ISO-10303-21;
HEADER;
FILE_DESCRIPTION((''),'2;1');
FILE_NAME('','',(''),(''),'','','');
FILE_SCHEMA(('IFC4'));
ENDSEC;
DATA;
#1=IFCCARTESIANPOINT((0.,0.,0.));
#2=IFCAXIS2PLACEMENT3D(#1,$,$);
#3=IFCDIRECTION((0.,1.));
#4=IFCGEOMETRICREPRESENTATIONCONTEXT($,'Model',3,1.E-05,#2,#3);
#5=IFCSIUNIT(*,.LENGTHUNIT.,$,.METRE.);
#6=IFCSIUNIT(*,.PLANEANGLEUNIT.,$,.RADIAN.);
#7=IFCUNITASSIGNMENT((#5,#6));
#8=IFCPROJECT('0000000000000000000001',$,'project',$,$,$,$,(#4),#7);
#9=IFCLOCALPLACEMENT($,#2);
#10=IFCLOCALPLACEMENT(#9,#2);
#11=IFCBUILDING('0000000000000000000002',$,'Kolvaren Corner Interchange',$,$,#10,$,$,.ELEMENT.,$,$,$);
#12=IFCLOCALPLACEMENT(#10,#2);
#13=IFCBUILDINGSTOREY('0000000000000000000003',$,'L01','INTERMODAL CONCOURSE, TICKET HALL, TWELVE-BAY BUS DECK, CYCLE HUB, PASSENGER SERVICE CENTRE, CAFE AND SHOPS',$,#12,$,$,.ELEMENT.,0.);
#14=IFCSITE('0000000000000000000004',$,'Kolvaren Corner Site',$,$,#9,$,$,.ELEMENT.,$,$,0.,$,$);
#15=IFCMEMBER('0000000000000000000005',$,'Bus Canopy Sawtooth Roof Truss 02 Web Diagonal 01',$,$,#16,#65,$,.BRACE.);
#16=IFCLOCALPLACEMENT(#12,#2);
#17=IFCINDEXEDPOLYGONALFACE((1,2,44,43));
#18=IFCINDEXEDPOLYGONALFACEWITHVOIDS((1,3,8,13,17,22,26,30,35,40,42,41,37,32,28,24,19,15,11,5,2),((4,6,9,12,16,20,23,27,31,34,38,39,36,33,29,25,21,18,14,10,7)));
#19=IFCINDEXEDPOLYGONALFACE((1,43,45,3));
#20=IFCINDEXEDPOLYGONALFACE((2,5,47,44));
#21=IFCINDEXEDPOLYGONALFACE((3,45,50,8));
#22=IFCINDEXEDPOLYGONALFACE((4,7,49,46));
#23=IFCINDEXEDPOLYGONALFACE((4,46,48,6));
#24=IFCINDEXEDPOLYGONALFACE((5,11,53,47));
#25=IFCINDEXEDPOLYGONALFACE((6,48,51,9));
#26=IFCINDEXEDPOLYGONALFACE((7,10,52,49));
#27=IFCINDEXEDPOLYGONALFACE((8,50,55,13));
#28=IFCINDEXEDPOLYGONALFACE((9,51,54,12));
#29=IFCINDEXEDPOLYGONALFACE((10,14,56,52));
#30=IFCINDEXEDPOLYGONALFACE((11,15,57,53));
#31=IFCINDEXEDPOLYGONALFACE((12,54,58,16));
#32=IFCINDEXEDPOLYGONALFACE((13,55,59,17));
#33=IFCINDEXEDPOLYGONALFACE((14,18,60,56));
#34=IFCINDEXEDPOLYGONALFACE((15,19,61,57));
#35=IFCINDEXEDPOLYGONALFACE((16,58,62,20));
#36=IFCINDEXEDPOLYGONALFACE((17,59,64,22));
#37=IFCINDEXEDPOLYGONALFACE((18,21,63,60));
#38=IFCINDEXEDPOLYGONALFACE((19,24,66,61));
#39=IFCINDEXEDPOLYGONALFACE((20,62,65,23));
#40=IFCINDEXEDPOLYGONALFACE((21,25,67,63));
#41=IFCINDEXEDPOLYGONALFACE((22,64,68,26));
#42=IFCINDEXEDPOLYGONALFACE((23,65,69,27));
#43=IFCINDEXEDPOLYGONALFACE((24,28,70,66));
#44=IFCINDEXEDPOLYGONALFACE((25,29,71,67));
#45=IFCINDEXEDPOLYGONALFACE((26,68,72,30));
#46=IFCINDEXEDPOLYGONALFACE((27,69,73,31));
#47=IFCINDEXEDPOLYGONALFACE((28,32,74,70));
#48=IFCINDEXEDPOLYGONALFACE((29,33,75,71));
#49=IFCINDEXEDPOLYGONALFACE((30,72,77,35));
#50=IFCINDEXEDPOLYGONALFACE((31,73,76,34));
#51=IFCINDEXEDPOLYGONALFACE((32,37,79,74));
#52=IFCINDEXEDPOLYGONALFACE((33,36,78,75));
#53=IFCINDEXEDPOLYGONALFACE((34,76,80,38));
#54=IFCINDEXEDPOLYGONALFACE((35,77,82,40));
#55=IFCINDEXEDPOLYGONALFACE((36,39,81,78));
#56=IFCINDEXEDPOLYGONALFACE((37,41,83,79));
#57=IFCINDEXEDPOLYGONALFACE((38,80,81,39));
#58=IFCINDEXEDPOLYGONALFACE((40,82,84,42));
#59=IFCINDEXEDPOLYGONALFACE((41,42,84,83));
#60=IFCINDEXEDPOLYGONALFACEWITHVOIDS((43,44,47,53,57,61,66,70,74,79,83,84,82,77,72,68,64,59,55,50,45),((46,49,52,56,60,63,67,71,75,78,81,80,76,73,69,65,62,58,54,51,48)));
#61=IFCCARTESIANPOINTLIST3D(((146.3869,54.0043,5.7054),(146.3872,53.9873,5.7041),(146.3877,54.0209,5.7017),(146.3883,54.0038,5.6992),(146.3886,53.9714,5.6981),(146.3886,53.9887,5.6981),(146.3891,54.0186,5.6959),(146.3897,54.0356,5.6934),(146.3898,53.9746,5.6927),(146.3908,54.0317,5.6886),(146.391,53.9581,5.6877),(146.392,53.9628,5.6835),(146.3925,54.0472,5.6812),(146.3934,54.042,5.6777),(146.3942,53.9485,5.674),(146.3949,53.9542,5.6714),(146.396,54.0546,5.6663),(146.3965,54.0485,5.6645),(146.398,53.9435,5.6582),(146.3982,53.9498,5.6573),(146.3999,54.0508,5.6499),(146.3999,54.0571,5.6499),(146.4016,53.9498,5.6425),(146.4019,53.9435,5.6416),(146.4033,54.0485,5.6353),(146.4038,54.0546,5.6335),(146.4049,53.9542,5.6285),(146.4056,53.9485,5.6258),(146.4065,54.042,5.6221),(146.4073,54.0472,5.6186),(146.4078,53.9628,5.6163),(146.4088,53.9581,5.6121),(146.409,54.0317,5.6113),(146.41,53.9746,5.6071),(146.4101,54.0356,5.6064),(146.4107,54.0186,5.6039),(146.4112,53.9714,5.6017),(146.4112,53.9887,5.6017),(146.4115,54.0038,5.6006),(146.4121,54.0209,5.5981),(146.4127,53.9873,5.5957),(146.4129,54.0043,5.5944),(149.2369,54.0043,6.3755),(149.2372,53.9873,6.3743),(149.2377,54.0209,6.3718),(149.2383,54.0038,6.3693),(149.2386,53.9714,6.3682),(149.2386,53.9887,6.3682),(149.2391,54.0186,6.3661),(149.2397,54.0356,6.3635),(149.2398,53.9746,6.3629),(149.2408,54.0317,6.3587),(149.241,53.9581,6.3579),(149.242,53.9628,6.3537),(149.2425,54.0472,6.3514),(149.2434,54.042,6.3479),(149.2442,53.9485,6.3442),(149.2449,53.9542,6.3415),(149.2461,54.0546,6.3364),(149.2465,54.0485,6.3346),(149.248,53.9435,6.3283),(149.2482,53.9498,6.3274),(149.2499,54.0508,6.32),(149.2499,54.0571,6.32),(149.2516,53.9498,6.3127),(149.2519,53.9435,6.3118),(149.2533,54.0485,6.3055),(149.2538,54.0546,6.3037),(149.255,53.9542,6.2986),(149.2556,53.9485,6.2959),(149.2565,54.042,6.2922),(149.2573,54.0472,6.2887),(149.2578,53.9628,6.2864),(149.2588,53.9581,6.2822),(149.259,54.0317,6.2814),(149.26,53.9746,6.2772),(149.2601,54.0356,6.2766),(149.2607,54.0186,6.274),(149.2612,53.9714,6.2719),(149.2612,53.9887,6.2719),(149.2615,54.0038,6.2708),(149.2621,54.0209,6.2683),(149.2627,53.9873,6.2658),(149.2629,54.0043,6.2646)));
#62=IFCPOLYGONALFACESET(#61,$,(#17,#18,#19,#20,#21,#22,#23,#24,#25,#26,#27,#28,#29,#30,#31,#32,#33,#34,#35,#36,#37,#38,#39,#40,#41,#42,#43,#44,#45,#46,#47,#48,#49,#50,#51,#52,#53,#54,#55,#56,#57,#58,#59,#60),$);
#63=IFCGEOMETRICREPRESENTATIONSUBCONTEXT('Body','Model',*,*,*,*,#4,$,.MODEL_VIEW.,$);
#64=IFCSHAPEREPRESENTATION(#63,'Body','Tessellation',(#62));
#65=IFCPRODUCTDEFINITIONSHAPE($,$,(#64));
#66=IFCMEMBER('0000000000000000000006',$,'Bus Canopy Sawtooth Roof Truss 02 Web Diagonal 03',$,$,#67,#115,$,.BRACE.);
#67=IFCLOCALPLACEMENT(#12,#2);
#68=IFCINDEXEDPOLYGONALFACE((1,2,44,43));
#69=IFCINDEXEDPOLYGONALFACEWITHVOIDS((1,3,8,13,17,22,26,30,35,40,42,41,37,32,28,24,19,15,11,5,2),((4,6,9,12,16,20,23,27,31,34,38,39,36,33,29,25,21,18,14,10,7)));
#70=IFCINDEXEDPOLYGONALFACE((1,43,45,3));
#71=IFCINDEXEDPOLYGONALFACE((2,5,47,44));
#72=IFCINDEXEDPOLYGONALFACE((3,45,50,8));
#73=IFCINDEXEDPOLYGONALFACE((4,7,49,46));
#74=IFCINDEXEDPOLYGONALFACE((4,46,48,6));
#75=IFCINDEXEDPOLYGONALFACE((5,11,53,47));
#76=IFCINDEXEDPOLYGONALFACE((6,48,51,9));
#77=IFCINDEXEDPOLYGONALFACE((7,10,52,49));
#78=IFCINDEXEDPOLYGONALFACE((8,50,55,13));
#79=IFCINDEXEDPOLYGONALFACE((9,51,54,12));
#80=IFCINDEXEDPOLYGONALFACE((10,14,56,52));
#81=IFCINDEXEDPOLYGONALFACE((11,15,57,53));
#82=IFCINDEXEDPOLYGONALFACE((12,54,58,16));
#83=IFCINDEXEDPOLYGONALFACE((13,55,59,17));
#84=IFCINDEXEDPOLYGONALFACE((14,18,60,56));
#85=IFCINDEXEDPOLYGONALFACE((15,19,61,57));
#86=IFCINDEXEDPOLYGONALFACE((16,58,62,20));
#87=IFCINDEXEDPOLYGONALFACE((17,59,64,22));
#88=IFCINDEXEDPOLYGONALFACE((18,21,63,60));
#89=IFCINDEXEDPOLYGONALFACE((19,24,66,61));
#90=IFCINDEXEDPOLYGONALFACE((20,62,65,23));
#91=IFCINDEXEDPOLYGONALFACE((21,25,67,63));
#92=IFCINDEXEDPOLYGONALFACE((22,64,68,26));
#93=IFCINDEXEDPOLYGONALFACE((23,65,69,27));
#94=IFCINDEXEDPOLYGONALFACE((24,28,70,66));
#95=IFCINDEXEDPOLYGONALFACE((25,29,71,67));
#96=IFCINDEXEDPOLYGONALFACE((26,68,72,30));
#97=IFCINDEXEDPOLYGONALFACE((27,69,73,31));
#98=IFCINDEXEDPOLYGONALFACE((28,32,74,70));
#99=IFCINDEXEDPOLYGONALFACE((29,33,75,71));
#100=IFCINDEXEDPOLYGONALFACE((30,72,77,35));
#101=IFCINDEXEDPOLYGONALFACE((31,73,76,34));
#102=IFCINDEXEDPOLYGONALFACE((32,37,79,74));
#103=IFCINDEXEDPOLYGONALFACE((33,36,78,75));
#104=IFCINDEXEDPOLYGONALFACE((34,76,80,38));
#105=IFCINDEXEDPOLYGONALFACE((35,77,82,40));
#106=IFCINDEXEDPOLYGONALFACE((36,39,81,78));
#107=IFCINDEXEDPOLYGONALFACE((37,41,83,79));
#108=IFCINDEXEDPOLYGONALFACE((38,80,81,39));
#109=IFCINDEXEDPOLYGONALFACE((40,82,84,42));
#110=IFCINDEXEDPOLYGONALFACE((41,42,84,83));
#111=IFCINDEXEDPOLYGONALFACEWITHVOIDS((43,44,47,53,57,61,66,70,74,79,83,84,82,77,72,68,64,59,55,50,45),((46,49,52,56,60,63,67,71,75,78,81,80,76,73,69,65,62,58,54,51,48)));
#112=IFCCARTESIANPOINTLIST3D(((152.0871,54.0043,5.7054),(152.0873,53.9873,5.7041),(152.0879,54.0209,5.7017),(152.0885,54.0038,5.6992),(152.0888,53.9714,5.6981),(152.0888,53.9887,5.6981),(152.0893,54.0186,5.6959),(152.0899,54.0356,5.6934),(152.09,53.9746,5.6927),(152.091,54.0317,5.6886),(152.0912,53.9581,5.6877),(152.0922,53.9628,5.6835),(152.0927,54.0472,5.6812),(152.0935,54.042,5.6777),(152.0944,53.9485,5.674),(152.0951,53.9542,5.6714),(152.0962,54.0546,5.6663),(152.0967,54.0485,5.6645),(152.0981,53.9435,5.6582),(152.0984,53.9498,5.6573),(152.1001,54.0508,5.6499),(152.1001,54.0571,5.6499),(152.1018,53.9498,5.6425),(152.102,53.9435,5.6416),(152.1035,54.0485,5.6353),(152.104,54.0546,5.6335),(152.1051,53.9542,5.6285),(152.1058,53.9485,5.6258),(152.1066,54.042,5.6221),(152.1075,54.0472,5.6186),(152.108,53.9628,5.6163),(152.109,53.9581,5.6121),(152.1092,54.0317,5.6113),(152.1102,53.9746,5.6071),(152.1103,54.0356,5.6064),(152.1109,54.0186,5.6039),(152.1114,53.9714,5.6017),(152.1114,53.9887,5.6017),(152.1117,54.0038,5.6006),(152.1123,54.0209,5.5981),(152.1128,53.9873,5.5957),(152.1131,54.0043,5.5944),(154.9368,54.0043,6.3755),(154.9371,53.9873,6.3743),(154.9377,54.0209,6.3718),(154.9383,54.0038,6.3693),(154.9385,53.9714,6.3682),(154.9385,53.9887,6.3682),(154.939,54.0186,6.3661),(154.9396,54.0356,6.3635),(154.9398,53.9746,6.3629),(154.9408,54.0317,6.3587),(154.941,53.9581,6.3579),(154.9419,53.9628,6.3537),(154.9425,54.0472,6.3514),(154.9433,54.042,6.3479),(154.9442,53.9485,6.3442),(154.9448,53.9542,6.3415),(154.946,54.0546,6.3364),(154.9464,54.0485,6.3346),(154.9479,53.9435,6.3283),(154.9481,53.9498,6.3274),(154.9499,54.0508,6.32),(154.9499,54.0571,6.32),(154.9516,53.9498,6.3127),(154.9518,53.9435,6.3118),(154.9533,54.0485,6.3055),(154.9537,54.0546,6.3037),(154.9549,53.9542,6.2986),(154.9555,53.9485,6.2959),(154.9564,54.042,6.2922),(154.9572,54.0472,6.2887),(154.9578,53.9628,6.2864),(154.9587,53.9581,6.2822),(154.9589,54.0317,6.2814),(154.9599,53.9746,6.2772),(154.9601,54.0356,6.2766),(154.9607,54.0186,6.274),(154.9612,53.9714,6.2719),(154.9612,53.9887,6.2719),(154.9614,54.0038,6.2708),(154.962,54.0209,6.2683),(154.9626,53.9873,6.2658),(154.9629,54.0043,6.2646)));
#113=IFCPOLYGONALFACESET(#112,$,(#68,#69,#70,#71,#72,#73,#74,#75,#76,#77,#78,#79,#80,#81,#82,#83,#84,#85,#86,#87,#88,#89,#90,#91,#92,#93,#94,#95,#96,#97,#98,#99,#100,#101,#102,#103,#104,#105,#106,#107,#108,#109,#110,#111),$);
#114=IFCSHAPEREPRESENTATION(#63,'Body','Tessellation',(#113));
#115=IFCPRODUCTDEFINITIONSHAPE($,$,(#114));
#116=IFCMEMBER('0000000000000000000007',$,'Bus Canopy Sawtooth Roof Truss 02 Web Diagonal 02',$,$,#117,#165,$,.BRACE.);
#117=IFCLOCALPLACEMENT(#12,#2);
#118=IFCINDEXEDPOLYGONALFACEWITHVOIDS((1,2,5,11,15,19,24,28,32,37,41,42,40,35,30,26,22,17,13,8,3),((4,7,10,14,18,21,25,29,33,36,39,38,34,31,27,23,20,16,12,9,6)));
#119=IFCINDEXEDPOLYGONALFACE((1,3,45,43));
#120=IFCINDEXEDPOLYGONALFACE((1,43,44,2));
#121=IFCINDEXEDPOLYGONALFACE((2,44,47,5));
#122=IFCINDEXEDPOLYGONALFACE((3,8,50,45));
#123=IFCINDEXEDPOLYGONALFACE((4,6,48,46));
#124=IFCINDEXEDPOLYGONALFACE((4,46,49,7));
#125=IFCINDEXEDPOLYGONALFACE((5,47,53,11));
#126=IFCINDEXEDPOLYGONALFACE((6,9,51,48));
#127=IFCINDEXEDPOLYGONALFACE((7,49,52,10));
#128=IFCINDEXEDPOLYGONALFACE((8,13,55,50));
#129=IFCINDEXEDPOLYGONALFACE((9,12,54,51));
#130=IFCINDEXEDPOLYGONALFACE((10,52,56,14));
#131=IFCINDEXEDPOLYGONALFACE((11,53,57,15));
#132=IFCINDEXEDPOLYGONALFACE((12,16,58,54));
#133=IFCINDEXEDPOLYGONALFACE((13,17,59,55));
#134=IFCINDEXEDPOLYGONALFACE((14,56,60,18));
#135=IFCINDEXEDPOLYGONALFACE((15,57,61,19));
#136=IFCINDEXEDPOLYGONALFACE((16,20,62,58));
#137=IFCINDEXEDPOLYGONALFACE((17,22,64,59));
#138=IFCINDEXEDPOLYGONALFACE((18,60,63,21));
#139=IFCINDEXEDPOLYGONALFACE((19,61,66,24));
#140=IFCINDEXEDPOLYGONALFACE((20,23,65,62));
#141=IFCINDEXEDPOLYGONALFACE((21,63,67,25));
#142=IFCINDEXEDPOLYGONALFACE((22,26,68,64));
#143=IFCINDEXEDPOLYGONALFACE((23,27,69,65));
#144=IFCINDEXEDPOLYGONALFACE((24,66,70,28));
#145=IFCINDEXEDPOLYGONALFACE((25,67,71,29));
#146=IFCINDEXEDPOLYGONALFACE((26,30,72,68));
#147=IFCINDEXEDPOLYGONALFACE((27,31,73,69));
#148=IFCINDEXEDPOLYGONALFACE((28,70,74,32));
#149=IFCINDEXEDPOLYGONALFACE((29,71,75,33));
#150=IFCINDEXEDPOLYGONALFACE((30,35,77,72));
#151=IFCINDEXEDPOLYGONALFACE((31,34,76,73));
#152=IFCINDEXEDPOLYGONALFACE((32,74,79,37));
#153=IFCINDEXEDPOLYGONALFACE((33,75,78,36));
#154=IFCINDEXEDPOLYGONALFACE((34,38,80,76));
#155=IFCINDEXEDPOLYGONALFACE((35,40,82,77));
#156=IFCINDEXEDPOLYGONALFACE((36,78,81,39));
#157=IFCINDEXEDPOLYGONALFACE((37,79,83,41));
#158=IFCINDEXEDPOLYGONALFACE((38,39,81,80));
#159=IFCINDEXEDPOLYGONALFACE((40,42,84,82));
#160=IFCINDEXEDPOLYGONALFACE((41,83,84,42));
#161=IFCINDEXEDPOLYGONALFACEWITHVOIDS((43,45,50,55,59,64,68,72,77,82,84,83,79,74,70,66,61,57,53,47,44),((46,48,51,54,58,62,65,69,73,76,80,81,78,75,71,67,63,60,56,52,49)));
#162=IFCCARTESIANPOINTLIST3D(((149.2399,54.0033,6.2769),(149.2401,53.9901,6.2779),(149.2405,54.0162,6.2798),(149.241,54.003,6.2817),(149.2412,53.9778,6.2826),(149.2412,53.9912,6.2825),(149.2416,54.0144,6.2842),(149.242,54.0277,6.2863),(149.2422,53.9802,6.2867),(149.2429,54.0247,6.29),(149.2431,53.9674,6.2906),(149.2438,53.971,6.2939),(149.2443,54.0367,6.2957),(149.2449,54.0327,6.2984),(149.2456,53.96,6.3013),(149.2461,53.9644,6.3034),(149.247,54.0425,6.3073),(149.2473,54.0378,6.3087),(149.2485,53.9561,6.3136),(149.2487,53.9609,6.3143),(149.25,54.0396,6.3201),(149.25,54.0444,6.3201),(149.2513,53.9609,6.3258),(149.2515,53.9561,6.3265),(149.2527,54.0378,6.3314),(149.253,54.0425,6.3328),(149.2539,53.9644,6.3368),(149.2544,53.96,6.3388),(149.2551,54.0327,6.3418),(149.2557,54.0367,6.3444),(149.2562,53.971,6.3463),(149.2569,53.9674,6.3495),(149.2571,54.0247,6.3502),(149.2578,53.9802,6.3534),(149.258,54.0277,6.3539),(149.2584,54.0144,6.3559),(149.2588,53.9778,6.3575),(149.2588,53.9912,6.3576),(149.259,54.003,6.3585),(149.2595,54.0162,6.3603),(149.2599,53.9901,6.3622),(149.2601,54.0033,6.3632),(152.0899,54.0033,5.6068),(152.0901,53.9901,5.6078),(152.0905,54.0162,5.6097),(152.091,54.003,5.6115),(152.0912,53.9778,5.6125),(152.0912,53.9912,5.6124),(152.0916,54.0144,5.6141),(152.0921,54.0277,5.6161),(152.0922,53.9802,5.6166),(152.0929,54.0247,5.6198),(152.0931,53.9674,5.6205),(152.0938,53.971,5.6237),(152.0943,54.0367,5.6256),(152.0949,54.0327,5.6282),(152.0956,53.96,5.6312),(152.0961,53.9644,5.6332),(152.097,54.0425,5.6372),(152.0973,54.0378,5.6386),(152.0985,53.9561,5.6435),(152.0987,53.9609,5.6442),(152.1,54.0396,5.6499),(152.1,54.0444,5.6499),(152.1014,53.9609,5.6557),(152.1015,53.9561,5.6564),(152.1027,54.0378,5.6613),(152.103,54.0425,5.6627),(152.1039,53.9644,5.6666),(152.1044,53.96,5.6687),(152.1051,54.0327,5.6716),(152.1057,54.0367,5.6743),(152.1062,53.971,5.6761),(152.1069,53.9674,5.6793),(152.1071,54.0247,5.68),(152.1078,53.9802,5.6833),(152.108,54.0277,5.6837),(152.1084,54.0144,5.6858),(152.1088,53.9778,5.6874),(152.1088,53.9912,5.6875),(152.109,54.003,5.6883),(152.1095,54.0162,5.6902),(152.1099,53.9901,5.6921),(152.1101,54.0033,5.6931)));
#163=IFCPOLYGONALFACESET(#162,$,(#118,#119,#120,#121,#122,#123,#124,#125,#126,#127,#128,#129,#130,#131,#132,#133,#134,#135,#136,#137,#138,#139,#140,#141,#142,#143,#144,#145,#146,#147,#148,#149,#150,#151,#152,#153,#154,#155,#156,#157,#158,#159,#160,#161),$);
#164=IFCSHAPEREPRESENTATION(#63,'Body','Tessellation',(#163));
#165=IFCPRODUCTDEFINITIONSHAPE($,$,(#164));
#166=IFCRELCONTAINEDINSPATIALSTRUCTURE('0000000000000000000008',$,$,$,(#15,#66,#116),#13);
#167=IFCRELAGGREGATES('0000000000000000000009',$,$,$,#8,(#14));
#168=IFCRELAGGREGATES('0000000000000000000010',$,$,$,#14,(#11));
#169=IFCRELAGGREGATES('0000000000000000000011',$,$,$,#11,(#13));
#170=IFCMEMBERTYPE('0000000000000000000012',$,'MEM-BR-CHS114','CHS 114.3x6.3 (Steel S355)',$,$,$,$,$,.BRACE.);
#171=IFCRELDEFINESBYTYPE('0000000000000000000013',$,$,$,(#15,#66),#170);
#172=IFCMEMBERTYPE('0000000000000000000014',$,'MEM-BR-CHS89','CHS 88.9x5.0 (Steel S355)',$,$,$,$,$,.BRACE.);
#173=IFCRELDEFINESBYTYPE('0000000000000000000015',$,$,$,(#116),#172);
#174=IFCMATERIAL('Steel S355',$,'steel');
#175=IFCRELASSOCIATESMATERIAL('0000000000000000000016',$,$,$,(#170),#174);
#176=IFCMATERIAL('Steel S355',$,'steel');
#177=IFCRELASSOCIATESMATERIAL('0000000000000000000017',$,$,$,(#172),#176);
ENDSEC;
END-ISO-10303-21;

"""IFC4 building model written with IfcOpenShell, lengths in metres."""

from ifc_helpers import new_model, si_unit, direction, frame, origin, origin_2d, place, context, subcontext, project, spatial, hollow_circle, extrude, material, material_profile, profile_set, type_object, element, save


model = new_model("IFC4")

# Units and contexts
model_context = context("Model", 3, precision=1e-05, world=origin(), true_north=direction((0.0, 1.0)))
body_context = subcontext(model_context, "Body", "Model", "MODEL_VIEW")
ifc_project = project(units=[si_unit("LENGTHUNIT", "METRE"), si_unit("PLANEANGLEUNIT", "RADIAN")], contexts=[model_context])

# Site, building, storey
site_placement = place(None, origin())
site = spatial("IfcSite", under=ifc_project, at=site_placement, Name="Kolvaren Corner Site", CompositionType="ELEMENT", RefElevation=0.0)
building_placement = place(site_placement, origin())
building = spatial("IfcBuilding", under=site, at=building_placement, Name="Kolvaren Corner Interchange", CompositionType="ELEMENT")
storey_placement = place(building_placement, origin())
storey = spatial("IfcBuildingStorey", under=building, at=storey_placement, Name="L01", Description="INTERMODAL CONCOURSE, TICKET HALL, TWELVE-BAY BUS DECK, CYCLE HUB, PASSENGER SERVICE CENTRE, CAFE AND SHOPS", CompositionType="ELEMENT", Elevation=0.0)

# Members
ifc_material_1 = material(Name="Steel S355", Category="steel")
ifc_material_profile_1 = material_profile(ifc_material_1, hollow_circle(Radius=0.0571, WallThickness=0.0063, at=origin_2d()), Name="CHS 114.3x6.3")
ifc_profile_set_1 = profile_set([ifc_material_profile_1], Name="Steel S355")
member_type_1 = type_object("IfcMemberType", Name="MEM-BR-CHS114", Description="CHS 114.3x6.3 (Steel S355)", PredefinedType="BRACE", material=ifc_profile_set_1)
member_1_placement = place(storey_placement, frame((146.3999, 54.0, 5.6499), z_axis=(0.973451, 0.0, 0.228895), x_axis=(0.0, 1.0, 0.0)))
element("IfcMember", 1, at=member_1_placement, inside=storey, type_object=member_type_1, Name="Bus Canopy Sawtooth Roof Truss 02 Web Diagonal 01", PredefinedType="BRACE", context=body_context, shape_type="SweptSolid", body=[
    extrude(hollow_circle(Radius=0.0571, WallThickness=0.0063, at=origin_2d()), origin(), (0.0, 0.0, 1.0), 2.9277),
])
member_2_placement = place(storey_placement, frame((152.1001, 54.0, 5.6499), z_axis=(0.973447, 0.0, 0.228914), x_axis=(0.0, 1.0, 0.0)))
element("IfcMember", 2, at=member_2_placement, inside=storey, type_object=member_type_1, Name="Bus Canopy Sawtooth Roof Truss 02 Web Diagonal 03", PredefinedType="BRACE", context=body_context, shape_type="SweptSolid", body=[
    extrude(hollow_circle(Radius=0.0571, WallThickness=0.0063, at=origin_2d()), origin(), (0.0, 0.0, 1.0), 2.9275),
])
ifc_material_2 = material(Name="Steel S355", Category="steel")
ifc_material_profile_2 = material_profile(ifc_material_2, hollow_circle(Radius=0.0444, WallThickness=0.0049, at=origin_2d()), Name="CHS 88.9x5.0")
ifc_profile_set_2 = profile_set([ifc_material_profile_2], Name="Steel S355")
member_type_2 = type_object("IfcMemberType", Name="MEM-BR-CHS89", Description="CHS 88.9x5.0 (Steel S355)", PredefinedType="BRACE", material=ifc_profile_set_2)
for number, where, z_axis, x_axis, name in (
    (3, (149.25, 54.0, 6.3201), (0.973451, 0.0, -0.228895), (0.0, 1.0, 0.0), "Bus Canopy Sawtooth Roof Truss 02 Web Diagonal 02"),
):
    element("IfcMember", number, at=place(storey_placement, frame(where, z_axis=z_axis, x_axis=x_axis)), inside=storey, type_object=member_type_2, Name=name, PredefinedType="BRACE", context=body_context, shape_type="SweptSolid", body=[
        extrude(hollow_circle(Radius=0.0444, WallThickness=0.0049, at=origin_2d()), origin(), (0.0, 0.0, 1.0), 2.9277),
    ])

save(model, "model.ifc")
